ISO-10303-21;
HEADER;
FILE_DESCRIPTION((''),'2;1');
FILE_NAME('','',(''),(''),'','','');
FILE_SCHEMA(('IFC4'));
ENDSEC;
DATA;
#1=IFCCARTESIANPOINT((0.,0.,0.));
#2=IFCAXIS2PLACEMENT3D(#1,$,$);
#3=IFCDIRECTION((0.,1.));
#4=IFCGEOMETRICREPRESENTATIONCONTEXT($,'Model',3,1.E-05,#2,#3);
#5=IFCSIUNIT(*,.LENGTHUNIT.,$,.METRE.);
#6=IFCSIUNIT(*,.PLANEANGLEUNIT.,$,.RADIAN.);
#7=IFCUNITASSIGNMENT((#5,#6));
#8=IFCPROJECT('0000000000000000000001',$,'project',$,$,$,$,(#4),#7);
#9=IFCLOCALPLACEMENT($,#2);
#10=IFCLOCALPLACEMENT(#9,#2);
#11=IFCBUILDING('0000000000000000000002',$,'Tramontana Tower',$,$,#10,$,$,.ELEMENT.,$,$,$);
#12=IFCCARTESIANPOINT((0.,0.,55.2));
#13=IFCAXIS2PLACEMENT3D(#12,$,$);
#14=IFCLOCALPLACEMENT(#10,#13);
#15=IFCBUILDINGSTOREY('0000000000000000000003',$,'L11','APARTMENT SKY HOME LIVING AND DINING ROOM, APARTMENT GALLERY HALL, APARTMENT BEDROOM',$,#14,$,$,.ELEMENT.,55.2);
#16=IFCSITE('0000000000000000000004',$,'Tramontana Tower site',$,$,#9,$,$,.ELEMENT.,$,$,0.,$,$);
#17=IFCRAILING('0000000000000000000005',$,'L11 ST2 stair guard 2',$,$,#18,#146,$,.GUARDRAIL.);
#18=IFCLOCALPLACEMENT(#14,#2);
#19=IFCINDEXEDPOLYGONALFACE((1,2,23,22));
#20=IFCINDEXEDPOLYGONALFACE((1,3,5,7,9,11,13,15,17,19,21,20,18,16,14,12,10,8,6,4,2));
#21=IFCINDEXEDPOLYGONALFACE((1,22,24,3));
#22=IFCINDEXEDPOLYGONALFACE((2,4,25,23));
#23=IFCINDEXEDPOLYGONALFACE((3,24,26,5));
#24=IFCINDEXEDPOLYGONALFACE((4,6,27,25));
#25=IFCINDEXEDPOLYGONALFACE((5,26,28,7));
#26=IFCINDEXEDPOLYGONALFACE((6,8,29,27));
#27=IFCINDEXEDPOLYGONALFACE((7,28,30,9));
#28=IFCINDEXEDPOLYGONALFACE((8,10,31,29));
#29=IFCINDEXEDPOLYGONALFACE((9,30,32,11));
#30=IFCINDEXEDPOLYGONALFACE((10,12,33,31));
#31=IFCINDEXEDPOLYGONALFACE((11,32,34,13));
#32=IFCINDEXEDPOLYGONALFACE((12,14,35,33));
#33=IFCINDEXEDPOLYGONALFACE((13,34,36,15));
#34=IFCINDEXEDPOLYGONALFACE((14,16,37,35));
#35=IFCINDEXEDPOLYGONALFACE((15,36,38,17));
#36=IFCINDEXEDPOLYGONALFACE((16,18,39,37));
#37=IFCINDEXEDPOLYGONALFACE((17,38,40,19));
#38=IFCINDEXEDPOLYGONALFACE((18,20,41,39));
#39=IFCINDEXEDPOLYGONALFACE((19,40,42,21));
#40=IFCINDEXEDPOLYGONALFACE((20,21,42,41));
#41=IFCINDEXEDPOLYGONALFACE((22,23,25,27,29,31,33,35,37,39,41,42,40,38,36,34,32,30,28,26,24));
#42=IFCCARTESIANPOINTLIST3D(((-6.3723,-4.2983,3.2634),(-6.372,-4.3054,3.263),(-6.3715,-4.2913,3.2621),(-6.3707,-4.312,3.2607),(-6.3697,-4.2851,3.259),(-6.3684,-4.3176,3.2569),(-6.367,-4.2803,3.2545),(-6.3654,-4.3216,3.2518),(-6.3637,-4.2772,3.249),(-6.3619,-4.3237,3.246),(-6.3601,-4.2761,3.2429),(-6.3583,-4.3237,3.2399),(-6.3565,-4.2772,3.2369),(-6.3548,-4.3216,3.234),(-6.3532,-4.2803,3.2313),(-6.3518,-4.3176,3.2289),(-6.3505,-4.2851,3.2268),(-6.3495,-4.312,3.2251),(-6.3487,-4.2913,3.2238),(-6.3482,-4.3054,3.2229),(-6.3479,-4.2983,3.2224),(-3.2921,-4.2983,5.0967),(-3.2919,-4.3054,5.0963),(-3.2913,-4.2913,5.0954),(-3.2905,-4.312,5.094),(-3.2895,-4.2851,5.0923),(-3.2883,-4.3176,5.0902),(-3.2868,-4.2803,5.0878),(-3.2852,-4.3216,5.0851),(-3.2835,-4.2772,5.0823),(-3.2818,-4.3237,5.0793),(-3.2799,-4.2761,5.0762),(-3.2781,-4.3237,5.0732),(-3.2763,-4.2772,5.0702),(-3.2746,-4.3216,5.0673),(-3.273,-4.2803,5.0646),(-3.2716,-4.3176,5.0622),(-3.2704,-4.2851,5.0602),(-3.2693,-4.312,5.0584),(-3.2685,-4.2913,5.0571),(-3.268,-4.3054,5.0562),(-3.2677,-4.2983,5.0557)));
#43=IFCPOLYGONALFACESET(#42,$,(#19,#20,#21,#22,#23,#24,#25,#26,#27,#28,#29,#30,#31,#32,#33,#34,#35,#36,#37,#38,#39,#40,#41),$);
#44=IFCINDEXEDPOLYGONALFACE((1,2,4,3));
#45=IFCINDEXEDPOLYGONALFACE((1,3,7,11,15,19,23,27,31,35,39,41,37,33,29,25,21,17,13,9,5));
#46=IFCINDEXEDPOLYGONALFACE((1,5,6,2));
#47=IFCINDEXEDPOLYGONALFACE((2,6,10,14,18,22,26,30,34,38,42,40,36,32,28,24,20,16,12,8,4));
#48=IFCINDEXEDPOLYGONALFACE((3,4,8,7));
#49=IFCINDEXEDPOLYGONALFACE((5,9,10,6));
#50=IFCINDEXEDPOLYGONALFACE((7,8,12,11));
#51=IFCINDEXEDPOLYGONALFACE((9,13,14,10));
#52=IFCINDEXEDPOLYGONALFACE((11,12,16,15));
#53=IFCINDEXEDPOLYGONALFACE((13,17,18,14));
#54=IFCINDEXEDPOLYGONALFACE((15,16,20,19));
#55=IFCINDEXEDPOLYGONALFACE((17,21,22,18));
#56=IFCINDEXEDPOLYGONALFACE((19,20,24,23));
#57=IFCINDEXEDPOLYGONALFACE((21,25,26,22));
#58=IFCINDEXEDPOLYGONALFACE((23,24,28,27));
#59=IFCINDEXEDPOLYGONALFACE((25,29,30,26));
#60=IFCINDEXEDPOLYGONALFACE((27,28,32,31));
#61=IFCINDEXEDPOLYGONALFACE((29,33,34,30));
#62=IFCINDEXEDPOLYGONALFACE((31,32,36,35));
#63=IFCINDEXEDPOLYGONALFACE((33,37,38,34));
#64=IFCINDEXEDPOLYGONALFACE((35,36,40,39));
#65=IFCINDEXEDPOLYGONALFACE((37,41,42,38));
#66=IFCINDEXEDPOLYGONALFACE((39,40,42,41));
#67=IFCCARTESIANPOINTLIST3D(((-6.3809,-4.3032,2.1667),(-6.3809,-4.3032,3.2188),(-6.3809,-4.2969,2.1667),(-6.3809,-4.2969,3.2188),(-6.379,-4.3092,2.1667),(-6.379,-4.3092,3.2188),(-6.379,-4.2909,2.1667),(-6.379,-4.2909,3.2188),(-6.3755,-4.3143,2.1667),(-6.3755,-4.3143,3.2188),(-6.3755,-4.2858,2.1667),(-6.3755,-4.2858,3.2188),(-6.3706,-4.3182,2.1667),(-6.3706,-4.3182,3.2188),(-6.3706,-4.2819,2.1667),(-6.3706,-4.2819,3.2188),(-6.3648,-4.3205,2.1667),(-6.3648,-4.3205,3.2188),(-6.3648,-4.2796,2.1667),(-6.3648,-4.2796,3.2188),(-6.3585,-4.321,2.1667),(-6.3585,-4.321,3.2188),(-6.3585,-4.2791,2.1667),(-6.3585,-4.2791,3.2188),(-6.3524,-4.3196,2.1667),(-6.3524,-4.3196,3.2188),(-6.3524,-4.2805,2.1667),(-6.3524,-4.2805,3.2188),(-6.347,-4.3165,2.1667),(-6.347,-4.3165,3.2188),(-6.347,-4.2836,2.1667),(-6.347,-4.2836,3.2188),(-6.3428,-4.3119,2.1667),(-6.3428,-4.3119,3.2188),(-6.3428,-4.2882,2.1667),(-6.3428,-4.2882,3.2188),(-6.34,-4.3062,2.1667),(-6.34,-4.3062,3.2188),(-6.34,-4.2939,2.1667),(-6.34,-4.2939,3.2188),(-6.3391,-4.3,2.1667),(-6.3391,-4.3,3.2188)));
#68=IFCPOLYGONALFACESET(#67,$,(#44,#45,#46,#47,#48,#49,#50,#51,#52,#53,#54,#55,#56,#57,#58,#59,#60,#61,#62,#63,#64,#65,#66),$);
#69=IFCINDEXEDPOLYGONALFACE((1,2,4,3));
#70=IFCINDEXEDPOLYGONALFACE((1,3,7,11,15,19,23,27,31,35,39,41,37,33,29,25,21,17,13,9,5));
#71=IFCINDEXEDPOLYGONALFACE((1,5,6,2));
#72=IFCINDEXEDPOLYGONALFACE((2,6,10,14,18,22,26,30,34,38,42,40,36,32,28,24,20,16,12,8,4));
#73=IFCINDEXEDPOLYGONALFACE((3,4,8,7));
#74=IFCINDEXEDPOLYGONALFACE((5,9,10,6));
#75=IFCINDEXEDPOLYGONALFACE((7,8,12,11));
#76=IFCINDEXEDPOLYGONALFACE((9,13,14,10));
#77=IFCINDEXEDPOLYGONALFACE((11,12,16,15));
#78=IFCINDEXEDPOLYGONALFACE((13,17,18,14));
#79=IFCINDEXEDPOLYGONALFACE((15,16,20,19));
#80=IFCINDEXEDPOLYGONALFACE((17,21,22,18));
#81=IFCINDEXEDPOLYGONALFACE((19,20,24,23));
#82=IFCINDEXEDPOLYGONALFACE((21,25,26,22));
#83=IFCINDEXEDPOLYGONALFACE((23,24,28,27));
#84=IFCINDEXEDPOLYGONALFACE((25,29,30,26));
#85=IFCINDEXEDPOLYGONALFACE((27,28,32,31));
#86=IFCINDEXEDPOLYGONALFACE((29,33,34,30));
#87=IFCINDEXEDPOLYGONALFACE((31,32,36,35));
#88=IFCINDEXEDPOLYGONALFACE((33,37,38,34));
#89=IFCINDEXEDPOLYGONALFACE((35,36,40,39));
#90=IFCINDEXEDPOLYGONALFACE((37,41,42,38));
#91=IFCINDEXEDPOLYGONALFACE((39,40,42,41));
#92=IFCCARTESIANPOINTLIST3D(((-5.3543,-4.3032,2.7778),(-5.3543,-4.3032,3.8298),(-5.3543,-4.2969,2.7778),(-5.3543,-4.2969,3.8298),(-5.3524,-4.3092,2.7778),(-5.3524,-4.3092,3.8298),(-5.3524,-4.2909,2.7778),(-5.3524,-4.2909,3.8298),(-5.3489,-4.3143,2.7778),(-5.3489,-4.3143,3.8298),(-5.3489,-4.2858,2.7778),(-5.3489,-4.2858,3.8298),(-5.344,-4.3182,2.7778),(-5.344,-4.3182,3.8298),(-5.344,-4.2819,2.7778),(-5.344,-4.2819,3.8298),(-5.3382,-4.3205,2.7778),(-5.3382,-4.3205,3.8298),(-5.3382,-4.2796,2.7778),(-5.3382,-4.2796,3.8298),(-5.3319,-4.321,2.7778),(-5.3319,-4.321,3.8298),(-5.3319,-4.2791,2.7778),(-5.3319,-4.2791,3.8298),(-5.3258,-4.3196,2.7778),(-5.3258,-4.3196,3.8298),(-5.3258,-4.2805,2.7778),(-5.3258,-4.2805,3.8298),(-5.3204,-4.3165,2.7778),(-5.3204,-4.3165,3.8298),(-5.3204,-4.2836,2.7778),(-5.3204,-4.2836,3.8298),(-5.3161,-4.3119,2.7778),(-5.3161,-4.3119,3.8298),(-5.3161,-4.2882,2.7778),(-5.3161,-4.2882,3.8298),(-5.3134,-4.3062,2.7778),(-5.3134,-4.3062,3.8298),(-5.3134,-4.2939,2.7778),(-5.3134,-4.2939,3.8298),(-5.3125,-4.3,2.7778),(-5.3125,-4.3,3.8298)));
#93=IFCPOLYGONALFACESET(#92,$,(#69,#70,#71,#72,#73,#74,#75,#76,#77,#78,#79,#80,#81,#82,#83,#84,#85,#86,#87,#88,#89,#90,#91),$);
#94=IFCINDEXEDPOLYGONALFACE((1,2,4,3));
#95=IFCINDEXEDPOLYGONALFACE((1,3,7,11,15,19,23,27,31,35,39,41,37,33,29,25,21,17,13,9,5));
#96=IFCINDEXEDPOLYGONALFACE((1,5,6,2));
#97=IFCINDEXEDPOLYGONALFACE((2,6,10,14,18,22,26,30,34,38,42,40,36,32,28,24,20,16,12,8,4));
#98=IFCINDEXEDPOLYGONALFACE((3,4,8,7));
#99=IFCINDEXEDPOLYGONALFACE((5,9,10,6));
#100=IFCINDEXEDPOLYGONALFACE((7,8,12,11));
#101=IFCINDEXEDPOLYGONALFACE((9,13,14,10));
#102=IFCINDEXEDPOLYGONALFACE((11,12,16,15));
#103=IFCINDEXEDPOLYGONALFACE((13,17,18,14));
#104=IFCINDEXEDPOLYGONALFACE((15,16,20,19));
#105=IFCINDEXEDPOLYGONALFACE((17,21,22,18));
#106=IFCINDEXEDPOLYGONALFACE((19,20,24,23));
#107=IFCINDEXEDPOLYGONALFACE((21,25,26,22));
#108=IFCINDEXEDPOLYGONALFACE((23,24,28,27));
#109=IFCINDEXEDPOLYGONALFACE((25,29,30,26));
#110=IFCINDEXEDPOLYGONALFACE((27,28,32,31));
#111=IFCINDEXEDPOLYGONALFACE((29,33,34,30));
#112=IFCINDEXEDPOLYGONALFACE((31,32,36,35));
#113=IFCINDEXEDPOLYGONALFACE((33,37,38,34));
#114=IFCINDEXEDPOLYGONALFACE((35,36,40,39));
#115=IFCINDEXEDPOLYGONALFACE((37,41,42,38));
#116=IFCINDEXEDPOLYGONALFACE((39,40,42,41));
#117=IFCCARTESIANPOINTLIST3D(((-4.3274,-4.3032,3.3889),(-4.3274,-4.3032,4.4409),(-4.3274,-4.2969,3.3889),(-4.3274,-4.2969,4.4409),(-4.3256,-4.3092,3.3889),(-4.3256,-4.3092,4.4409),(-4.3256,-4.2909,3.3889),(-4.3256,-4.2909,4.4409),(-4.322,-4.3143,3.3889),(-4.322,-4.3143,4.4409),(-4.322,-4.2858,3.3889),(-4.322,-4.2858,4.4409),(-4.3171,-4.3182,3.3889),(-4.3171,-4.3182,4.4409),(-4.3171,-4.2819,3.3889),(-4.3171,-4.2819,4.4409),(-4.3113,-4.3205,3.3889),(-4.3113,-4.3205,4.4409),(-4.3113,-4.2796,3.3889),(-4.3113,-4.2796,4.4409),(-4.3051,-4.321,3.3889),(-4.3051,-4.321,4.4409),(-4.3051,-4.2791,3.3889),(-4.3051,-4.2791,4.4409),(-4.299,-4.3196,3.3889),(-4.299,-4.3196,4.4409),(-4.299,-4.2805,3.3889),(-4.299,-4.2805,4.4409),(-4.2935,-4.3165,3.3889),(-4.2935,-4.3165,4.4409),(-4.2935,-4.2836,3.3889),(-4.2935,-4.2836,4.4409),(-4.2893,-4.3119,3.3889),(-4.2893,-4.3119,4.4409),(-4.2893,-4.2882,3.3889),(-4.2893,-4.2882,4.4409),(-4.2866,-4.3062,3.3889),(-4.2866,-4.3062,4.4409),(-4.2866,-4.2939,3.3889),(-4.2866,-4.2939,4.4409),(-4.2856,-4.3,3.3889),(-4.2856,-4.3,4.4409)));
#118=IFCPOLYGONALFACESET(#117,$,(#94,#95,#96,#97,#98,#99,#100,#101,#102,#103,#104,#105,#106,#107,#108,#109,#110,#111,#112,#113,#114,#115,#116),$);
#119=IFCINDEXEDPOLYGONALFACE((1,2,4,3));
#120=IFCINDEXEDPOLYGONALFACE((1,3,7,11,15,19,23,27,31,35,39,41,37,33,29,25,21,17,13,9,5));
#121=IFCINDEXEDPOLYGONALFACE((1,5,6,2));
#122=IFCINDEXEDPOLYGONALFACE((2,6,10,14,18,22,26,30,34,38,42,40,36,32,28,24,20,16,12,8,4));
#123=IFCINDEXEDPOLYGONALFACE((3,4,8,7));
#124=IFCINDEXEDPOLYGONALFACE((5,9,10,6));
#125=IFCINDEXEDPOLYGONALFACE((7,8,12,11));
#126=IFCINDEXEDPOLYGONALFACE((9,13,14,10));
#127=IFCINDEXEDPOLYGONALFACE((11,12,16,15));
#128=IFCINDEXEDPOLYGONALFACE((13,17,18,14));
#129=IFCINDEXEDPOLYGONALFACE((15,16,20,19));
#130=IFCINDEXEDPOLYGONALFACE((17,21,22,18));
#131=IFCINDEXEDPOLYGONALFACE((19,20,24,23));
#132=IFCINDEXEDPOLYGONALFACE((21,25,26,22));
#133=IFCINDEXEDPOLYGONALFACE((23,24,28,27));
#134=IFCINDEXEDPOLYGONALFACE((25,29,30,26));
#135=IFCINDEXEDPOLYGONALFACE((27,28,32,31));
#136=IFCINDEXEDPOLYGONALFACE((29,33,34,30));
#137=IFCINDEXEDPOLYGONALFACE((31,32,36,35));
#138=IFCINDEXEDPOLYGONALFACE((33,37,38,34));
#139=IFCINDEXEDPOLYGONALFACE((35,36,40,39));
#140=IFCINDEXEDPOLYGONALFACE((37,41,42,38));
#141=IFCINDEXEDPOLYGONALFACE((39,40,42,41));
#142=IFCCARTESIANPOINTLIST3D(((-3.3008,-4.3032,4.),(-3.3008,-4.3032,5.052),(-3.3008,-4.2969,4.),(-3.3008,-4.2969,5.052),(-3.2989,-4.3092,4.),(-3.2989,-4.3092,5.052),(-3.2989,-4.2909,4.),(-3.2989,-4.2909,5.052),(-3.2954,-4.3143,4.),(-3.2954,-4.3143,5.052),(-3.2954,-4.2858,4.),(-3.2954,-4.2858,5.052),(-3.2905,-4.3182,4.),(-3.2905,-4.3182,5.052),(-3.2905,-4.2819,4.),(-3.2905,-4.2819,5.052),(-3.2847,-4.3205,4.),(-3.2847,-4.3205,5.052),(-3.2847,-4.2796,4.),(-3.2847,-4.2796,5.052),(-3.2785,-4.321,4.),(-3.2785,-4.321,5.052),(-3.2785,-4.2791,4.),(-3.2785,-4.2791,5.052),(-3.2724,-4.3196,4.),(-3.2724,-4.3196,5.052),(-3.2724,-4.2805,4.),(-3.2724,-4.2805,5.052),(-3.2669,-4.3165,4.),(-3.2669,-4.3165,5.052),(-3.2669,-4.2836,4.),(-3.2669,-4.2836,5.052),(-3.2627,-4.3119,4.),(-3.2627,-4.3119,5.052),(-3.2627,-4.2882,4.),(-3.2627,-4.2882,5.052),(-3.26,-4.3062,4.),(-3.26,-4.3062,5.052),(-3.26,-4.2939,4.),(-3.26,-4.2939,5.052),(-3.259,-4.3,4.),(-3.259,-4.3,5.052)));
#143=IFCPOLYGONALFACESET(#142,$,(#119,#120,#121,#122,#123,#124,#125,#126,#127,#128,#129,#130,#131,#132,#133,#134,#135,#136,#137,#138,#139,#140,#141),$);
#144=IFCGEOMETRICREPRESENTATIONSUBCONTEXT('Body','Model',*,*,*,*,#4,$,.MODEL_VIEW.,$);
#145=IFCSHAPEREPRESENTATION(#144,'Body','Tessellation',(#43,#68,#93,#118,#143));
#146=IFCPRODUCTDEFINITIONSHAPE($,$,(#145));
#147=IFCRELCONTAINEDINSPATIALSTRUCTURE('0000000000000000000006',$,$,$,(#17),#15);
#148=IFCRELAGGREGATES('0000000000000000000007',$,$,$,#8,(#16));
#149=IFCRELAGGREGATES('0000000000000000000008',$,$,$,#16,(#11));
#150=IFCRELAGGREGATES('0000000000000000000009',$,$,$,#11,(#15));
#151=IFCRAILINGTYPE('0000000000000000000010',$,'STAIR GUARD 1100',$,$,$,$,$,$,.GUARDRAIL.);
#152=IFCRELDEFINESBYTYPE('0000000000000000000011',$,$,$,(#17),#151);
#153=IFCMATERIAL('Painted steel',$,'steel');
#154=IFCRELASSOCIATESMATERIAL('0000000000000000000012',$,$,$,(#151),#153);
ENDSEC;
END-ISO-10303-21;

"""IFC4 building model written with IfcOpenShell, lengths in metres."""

from ifc_helpers import new_model, si_unit, direction, frame, origin, origin_2d, place, context, subcontext, project, spatial, circle, extrude, material, type_object, element, save


model = new_model("IFC4")

# Units and contexts
model_context = context("Model", 3, precision=1e-05, world=origin(), true_north=direction((0.0, 1.0)))
body_context = subcontext(model_context, "Body", "Model", "MODEL_VIEW")
ifc_project = project(units=[si_unit("LENGTHUNIT", "METRE"), si_unit("PLANEANGLEUNIT", "RADIAN")], contexts=[model_context])

# Site, building, storey
site_placement = place(None, origin())
site = spatial("IfcSite", under=ifc_project, at=site_placement, Name="Tramontana Tower site", CompositionType="ELEMENT", RefElevation=0.0)
building_placement = place(site_placement, origin())
building = spatial("IfcBuilding", under=site, at=building_placement, Name="Tramontana Tower", CompositionType="ELEMENT")
storey_placement = place(building_placement, frame((0.0, 0.0, 55.2)))
storey = spatial("IfcBuildingStorey", under=building, at=storey_placement, Name="L11", Description="APARTMENT SKY HOME LIVING AND DINING ROOM, APARTMENT GALLERY HALL, APARTMENT BEDROOM", CompositionType="ELEMENT", Elevation=55.2)

# Railing
ifc_material_1 = material(Name="Painted steel", Category="steel")
railing_type_1 = type_object("IfcRailingType", Name="STAIR GUARD 1100", PredefinedType="GUARDRAIL", material=ifc_material_1)
railing_1_placement = place(storey_placement, frame((-6.3601, -4.3, 2.1667)))
element("IfcRailing", 1, at=railing_1_placement, inside=storey, type_object=railing_type_1, Name="L11 ST2 stair guard 2", PredefinedType="GUARDRAIL", context=body_context, shape_type="SweptSolid", body=[
    extrude(circle(Radius=0.0239, at=origin_2d()), frame((0.0, 0.0, 1.0762), z_axis=(0.859309, 0.0, 0.511458), x_axis=(0.0, 1.0, 0.0)), (0.0, 0.0, 1.0), 3.5845),
    extrude(circle(Radius=0.021, at=origin_2d()), origin(), (0.0, 0.0, 1.0), 1.052),
    extrude(circle(Radius=0.021, at=origin_2d()), frame((1.0266, 0.0, 0.6111)), (0.0, 0.0, 1.0), 1.052),
    extrude(circle(Radius=0.021, at=origin_2d()), frame((2.0535, 0.0, 1.2222)), (0.0, 0.0, 1.0), 1.052),
    extrude(circle(Radius=0.021, at=origin_2d()), frame((3.0801, 0.0, 1.8333)), (0.0, 0.0, 1.0), 1.052),
])

save(model, "model.ifc")
